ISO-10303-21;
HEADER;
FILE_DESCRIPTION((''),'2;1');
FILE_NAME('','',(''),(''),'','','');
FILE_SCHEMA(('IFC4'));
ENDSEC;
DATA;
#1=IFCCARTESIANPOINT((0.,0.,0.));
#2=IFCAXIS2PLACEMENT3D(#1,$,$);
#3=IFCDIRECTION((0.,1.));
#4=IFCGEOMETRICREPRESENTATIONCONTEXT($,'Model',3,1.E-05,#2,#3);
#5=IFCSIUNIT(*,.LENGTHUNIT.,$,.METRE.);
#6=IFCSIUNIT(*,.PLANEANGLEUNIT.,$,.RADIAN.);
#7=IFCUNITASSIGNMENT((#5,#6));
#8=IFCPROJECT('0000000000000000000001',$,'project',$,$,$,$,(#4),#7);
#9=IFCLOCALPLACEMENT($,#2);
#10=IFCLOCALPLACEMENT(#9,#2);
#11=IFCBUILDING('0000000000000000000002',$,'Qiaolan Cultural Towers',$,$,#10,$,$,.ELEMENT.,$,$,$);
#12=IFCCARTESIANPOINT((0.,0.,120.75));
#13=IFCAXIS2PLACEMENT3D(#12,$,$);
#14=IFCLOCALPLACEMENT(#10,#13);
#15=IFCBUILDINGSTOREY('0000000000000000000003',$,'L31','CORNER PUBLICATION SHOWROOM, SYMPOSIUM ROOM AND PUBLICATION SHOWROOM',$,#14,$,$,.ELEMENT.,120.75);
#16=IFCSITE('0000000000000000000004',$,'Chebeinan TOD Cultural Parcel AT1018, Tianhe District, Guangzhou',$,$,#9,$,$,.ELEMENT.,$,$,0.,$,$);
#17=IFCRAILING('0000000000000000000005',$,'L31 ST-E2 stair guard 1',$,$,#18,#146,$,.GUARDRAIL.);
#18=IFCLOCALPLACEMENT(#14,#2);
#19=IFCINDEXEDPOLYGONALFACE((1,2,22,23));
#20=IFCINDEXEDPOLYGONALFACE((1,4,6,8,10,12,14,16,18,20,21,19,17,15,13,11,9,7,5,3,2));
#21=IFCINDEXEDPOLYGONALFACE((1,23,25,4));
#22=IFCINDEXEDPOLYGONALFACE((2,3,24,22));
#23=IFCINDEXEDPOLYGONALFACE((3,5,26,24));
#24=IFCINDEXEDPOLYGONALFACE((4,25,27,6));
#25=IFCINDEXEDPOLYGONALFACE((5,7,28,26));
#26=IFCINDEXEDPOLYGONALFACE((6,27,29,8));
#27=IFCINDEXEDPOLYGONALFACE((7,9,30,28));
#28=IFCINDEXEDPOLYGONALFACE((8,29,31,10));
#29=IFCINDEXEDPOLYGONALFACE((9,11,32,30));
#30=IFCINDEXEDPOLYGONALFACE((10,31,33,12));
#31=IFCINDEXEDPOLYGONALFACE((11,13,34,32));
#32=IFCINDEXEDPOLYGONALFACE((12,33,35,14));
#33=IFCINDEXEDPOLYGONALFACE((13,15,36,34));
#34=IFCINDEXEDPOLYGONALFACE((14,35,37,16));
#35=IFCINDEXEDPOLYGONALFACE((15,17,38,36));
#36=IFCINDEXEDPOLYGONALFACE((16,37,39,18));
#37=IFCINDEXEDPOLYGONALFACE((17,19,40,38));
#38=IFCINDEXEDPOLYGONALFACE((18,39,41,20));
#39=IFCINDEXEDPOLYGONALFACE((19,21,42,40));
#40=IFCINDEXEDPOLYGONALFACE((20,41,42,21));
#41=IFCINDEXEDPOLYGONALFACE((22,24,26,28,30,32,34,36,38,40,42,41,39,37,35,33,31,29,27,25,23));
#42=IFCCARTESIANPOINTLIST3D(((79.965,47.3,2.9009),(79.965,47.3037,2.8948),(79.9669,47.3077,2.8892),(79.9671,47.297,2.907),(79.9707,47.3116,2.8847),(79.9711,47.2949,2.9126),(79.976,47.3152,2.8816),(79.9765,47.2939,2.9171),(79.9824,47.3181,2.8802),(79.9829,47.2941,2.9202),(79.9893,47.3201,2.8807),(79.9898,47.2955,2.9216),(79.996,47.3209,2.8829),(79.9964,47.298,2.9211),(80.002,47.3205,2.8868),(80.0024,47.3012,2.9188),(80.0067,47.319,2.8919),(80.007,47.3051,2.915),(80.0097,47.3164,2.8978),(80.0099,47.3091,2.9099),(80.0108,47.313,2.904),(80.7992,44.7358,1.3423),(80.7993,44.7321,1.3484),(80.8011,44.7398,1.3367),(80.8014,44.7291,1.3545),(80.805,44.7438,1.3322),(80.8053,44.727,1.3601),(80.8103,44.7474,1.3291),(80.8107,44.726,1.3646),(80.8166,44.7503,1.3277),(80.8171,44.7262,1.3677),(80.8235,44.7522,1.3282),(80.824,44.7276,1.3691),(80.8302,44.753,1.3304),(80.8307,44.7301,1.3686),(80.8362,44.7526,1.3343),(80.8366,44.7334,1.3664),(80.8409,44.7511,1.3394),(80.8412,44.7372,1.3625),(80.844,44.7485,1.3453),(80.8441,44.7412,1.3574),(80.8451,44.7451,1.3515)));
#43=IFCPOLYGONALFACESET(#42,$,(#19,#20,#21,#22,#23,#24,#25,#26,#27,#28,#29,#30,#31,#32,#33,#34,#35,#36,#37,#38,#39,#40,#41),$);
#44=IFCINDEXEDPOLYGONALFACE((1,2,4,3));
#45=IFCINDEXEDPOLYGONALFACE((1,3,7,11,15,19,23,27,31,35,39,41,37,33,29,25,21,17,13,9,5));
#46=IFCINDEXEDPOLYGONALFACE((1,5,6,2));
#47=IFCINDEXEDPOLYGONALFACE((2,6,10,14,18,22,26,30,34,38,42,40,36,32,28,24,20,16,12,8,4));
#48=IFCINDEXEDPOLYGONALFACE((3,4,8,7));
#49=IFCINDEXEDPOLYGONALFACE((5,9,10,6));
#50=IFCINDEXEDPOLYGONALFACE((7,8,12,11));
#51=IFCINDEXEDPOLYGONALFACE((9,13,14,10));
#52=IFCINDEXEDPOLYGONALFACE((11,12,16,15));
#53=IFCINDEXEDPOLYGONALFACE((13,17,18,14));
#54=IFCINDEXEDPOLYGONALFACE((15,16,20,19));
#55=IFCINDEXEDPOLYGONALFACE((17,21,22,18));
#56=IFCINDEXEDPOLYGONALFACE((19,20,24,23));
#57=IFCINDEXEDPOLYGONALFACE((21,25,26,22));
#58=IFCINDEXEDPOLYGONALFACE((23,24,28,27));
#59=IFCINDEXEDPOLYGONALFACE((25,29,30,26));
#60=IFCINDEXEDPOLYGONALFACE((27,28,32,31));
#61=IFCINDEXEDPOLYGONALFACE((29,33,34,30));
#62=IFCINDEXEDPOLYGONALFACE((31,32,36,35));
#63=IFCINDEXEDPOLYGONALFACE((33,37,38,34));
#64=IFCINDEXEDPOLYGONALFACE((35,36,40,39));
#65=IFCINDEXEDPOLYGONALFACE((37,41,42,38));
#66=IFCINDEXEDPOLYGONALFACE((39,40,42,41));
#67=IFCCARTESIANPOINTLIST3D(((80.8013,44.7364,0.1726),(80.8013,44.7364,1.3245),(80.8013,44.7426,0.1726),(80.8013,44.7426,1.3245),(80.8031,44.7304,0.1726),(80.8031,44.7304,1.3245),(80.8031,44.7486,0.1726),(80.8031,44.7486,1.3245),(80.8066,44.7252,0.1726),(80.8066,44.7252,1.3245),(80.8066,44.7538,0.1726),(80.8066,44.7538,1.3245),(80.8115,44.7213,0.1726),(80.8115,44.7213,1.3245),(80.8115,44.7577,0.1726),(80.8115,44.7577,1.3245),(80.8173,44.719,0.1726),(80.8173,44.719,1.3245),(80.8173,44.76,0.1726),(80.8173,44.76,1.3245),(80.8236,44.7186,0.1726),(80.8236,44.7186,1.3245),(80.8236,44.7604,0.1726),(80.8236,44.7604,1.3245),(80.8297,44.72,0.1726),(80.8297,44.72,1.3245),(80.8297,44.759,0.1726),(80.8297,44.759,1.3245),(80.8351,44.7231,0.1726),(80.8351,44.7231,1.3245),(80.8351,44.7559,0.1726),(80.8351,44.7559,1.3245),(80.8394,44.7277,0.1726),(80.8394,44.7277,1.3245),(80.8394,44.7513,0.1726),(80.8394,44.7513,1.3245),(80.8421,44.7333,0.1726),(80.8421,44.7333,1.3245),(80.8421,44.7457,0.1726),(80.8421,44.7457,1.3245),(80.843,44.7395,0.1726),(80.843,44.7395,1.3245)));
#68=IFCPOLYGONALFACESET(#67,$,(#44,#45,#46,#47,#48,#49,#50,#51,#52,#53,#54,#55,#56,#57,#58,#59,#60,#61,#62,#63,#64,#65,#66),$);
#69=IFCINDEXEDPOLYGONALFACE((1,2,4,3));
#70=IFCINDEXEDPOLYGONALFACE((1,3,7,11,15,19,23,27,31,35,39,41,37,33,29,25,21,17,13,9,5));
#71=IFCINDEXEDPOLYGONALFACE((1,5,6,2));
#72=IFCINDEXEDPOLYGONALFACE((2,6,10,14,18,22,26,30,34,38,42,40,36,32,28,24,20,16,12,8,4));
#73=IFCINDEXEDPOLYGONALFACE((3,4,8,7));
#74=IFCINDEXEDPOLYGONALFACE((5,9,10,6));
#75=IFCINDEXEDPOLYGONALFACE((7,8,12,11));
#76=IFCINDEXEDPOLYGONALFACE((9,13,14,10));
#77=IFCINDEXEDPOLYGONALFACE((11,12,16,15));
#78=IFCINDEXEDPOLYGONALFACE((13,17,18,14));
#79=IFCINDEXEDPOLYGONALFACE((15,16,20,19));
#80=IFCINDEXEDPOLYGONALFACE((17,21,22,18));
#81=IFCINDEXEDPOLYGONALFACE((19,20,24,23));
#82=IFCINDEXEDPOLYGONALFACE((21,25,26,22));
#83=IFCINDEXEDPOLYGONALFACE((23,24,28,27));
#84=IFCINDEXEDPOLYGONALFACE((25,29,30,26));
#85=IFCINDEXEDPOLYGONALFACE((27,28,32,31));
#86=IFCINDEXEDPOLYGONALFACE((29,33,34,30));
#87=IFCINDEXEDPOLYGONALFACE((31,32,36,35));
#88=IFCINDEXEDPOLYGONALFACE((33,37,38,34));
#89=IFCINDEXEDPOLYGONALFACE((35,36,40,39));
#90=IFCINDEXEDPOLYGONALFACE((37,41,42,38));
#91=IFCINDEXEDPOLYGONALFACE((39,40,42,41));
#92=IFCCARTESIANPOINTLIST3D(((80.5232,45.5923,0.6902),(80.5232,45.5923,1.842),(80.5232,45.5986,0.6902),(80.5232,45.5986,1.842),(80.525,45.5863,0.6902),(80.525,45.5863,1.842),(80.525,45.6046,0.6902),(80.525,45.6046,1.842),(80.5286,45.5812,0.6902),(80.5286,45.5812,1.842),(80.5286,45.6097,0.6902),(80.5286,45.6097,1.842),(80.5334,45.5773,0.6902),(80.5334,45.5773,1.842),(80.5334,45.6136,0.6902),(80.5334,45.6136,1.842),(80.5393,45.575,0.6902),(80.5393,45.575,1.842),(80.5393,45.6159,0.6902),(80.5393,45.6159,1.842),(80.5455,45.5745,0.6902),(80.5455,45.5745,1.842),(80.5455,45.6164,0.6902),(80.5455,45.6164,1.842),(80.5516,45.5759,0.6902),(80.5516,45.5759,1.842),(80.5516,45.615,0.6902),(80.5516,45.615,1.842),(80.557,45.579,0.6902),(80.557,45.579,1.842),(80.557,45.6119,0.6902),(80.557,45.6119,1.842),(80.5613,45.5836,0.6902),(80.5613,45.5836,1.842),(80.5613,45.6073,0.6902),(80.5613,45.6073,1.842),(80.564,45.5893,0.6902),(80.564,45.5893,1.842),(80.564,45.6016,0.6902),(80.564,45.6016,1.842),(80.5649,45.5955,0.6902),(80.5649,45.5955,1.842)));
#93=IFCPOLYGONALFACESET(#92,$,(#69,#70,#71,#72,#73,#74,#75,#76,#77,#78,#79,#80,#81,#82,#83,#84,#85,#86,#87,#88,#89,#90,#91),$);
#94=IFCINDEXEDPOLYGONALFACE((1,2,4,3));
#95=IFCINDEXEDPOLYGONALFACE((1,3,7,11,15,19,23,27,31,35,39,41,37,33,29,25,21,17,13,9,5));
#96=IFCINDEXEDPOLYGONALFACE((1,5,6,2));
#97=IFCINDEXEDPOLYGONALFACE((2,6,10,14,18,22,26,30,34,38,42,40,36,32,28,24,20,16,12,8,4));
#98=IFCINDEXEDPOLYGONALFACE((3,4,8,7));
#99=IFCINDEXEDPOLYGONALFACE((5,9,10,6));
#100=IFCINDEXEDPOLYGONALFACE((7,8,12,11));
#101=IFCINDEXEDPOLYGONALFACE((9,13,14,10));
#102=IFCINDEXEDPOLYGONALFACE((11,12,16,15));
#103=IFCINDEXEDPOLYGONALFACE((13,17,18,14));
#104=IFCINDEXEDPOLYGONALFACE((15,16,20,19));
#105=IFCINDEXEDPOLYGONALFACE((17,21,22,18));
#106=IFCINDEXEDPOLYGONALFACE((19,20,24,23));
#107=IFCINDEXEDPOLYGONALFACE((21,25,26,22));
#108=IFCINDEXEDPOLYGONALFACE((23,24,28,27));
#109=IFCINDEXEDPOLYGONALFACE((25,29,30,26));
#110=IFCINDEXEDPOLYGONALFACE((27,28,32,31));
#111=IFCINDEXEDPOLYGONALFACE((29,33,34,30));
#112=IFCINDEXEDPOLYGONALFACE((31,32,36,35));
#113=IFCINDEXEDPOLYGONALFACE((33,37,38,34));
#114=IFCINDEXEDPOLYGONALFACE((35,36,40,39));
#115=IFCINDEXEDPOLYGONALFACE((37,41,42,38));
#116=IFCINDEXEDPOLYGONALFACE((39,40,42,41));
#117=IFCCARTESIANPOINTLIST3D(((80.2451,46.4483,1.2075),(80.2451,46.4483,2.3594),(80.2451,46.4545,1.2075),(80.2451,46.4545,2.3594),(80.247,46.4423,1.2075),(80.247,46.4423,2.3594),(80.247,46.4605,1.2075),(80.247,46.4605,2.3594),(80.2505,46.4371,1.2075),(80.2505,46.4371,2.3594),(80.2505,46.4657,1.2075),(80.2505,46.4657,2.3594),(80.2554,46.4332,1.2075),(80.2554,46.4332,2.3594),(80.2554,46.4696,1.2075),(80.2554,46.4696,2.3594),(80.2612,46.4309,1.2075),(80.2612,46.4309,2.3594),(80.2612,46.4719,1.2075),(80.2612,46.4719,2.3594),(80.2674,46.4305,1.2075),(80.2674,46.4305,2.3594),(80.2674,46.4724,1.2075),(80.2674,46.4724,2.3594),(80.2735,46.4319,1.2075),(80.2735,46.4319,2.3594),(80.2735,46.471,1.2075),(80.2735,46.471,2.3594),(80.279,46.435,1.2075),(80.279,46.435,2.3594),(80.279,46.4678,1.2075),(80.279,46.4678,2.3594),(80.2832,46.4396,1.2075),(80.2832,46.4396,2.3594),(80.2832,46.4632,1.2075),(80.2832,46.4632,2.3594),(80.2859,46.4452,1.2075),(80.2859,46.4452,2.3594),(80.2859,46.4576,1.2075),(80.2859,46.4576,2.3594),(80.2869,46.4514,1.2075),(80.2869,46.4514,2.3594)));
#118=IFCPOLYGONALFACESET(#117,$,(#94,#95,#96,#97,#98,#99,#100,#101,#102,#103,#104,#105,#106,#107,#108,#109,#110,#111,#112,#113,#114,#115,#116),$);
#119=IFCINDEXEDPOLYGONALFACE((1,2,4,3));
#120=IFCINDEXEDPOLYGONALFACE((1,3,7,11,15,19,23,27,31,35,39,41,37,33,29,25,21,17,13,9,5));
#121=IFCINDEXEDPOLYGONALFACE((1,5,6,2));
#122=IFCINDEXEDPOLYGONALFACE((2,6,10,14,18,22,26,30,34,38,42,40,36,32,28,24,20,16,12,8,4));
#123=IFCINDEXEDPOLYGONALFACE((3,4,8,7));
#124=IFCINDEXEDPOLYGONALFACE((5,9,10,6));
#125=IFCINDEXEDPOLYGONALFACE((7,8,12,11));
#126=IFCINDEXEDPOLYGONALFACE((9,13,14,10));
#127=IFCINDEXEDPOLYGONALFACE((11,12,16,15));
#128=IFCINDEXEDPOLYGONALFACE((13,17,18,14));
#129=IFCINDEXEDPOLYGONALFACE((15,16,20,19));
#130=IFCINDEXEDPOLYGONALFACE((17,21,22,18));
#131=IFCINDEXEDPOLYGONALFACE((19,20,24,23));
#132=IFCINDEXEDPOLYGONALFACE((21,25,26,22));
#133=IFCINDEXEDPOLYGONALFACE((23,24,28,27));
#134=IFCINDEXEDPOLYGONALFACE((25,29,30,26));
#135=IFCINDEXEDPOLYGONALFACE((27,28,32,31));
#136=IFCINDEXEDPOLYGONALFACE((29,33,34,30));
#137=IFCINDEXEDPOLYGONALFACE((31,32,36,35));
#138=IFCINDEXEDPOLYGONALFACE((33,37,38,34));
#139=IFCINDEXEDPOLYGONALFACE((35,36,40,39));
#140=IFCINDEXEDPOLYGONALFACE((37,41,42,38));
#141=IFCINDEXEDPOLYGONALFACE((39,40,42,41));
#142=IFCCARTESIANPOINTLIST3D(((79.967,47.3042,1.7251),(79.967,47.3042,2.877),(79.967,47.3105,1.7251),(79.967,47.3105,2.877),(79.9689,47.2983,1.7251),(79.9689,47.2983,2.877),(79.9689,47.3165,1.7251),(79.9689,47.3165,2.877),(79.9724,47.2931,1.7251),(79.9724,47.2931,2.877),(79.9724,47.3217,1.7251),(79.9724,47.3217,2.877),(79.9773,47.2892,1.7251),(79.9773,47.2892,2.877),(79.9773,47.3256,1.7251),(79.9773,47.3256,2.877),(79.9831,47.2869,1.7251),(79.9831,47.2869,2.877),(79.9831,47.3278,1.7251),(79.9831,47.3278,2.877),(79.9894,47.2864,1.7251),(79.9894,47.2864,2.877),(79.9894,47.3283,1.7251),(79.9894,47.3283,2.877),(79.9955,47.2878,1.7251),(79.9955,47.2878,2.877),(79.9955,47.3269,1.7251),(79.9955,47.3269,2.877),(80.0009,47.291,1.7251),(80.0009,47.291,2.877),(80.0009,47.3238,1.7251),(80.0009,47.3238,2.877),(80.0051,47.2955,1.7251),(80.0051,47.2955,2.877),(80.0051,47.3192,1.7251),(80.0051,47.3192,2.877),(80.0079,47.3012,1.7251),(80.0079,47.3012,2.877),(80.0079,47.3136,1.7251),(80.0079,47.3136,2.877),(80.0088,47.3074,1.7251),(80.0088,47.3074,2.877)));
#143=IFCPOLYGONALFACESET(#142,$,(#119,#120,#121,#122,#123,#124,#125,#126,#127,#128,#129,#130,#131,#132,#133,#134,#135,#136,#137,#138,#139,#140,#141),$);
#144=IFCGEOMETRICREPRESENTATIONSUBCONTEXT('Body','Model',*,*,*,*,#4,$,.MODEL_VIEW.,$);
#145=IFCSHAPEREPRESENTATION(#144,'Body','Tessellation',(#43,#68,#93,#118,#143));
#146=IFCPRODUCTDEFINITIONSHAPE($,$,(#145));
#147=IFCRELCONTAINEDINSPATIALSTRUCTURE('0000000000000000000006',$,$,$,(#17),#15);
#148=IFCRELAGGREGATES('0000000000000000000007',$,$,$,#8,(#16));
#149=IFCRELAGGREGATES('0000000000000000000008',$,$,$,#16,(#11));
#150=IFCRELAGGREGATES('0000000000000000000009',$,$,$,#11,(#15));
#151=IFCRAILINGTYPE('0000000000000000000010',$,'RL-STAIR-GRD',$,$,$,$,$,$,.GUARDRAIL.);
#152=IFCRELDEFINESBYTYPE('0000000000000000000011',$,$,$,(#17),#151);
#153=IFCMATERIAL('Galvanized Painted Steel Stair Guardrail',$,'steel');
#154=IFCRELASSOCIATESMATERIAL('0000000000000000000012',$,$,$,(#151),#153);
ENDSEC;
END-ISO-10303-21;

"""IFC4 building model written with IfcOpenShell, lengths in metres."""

from ifc_helpers import new_model, si_unit, direction, frame, origin, origin_2d, place, context, subcontext, project, spatial, circle, extrude, material, type_object, element, save


model = new_model("IFC4")

# Units and contexts
model_context = context("Model", 3, precision=1e-05, world=origin(), true_north=direction((0.0, 1.0)))
body_context = subcontext(model_context, "Body", "Model", "MODEL_VIEW")
ifc_project = project(units=[si_unit("LENGTHUNIT", "METRE"), si_unit("PLANEANGLEUNIT", "RADIAN")], contexts=[model_context])

# Site, building, storey
site_placement = place(None, origin())
site = spatial("IfcSite", under=ifc_project, at=site_placement, Name="Chebeinan TOD Cultural Parcel AT1018, Tianhe District, Guangzhou", CompositionType="ELEMENT", RefElevation=0.0)
building_placement = place(site_placement, origin())
building = spatial("IfcBuilding", under=site, at=building_placement, Name="Qiaolan Cultural Towers", CompositionType="ELEMENT")
storey_placement = place(building_placement, frame((0.0, 0.0, 120.75)))
storey = spatial("IfcBuildingStorey", under=building, at=storey_placement, Name="L31", Description="CORNER PUBLICATION SHOWROOM, SYMPOSIUM ROOM AND PUBLICATION SHOWROOM", CompositionType="ELEMENT", Elevation=120.75)

# Railing
ifc_material_1 = material(Name="Galvanized Painted Steel Stair Guardrail", Category="steel")
railing_type_1 = type_object("IfcRailingType", Name="RL-STAIR-GRD", PredefinedType="GUARDRAIL", material=ifc_material_1)
railing_1_placement = place(storey_placement, frame((80.822, 44.7395, 0.1726)))
element("IfcRailing", 1, at=railing_1_placement, inside=storey, type_object=railing_type_1, Name="L31 ST-E2 stair guard 1", PredefinedType="GUARDRAIL", context=body_context, shape_type="SweptSolid", body=[
    extrude(circle(Radius=0.0239, at=origin_2d()), frame((0.0, 0.0, 1.1758), z_axis=(-0.267853, 0.824488, 0.498471), x_axis=(-0.95107, -0.308976, 0.0)), (0.0, 0.0, 1.0), 3.1145),
    extrude(circle(Radius=0.021, at=origin_2d()), origin(), (0.0, 0.0, 1.0), 1.1519),
    extrude(circle(Radius=0.021, at=origin_2d()), frame((-0.2781, 0.856, 0.5176)), (0.0, 0.0, 1.0), 1.1519),
    extrude(circle(Radius=0.021, at=origin_2d()), frame((-0.5562, 1.7119, 1.0349)), (0.0, 0.0, 1.0), 1.1519),
    extrude(circle(Radius=0.021, at=origin_2d()), frame((-0.8342, 2.5679, 1.5525)), (0.0, 0.0, 1.0), 1.1519),
])

save(model, "model.ifc")
